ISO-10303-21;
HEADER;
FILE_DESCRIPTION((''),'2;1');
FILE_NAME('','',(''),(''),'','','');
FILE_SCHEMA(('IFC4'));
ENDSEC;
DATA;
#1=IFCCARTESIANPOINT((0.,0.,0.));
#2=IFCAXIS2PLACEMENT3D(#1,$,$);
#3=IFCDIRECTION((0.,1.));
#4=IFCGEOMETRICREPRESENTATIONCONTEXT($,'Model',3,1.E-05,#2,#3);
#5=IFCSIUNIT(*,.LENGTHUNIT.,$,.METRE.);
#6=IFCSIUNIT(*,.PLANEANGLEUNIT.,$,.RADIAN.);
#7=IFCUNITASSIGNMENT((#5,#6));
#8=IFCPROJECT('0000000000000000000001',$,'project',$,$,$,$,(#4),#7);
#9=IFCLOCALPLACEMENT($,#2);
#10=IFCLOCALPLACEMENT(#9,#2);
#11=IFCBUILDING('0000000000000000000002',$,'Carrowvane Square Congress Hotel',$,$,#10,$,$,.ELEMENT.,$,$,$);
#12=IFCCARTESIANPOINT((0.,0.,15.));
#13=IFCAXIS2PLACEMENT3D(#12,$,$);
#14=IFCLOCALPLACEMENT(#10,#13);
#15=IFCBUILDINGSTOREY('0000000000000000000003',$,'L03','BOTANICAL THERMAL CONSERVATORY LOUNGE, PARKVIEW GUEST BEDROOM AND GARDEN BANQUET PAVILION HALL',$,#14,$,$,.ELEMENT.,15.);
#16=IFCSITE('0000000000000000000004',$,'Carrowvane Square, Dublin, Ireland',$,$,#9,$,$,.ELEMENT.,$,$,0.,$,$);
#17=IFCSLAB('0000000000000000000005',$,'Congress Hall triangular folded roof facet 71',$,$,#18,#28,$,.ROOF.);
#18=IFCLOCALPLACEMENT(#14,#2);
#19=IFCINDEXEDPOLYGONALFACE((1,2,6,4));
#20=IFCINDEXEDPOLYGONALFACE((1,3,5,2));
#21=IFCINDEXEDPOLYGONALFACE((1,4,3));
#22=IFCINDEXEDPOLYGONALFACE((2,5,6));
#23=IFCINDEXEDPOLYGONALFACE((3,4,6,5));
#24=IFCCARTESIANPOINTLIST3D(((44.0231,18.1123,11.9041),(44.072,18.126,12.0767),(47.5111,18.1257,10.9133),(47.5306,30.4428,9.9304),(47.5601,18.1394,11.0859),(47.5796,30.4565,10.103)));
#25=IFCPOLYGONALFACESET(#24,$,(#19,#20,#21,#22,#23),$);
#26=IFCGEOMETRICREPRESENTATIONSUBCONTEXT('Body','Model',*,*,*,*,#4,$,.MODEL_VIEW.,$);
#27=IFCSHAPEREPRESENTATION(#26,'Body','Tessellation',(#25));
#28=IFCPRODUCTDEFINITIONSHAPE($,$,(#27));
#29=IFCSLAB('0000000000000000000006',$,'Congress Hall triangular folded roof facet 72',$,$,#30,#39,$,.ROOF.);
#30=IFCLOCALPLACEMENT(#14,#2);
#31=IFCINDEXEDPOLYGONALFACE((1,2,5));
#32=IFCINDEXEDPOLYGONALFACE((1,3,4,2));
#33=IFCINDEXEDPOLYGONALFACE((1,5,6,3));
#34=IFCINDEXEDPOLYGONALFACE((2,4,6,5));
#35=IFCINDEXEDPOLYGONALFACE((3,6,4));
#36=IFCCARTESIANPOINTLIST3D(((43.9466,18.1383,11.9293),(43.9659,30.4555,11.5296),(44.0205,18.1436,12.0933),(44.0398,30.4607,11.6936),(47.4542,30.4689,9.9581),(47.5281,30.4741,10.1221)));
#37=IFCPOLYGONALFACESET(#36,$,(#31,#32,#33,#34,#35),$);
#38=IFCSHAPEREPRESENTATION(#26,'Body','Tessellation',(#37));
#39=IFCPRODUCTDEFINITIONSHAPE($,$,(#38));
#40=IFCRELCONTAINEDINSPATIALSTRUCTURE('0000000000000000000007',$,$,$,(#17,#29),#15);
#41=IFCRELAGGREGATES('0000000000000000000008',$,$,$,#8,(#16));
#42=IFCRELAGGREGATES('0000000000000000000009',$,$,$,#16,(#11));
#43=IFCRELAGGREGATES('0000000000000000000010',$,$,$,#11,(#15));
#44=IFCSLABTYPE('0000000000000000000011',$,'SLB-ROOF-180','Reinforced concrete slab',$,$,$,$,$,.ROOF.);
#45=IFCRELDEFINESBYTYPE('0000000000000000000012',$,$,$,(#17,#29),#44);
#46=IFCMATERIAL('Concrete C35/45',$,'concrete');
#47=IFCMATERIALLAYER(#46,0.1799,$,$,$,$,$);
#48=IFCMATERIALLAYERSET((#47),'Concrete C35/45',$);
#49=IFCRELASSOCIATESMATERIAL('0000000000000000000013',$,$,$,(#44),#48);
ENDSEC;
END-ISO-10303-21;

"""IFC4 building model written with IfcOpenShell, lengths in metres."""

from ifc_helpers import new_model, si_unit, direction, frame, origin, place, context, subcontext, project, spatial, polyline, outline, extrude, material, layer, layer_set, type_object, element, save


model = new_model("IFC4")

# Units and contexts
model_context = context("Model", 3, precision=1e-05, world=origin(), true_north=direction((0.0, 1.0)))
body_context = subcontext(model_context, "Body", "Model", "MODEL_VIEW")
ifc_project = project(units=[si_unit("LENGTHUNIT", "METRE"), si_unit("PLANEANGLEUNIT", "RADIAN")], contexts=[model_context])

# Site, building, storey
site_placement = place(None, origin())
site = spatial("IfcSite", under=ifc_project, at=site_placement, Name="Carrowvane Square, Dublin, Ireland", CompositionType="ELEMENT", RefElevation=0.0)
building_placement = place(site_placement, origin())
building = spatial("IfcBuilding", under=site, at=building_placement, Name="Carrowvane Square Congress Hotel", CompositionType="ELEMENT")
storey_placement = place(building_placement, frame((0.0, 0.0, 15.0)))
storey = spatial("IfcBuildingStorey", under=building, at=storey_placement, Name="L03", Description="BOTANICAL THERMAL CONSERVATORY LOUNGE, PARKVIEW GUEST BEDROOM AND GARDEN BANQUET PAVILION HALL", CompositionType="ELEMENT", Elevation=15.0)

# Slabs
ifc_material_1 = material(Name="Concrete C35/45", Category="concrete")
ifc_layer_1 = layer(ifc_material_1, 0.1799)
ifc_layer_set_1 = layer_set([ifc_layer_1], Name="Concrete C35/45")
slab_type = type_object("IfcSlabType", Name="SLB-ROOF-180", Description="Reinforced concrete slab", PredefinedType="ROOF", material=ifc_layer_set_1)
slab_1_placement = place(storey_placement, frame((44.072, 18.126, 12.0767), z_axis=(0.272163, 0.076116, 0.959236), x_axis=(0.961943, 0.003703, -0.273225)))
element("IfcSlab", 1, at=slab_1_placement, inside=storey, type_object=slab_type, Name="Congress Hall triangular folded roof facet 71", PredefinedType="ROOF", context=body_context, shape_type="SweptSolid", body=[
    extrude(outline(polyline([(0.0, 0.0), (3.626, 0.0), (3.959, 12.3518), (0.0, 0.0)])), origin(), (0.0, 0.0, -1.0), 0.1799),
])
slab_2_placement = place(storey_placement, frame((44.0205, 18.1436, 12.0933), z_axis=(0.410493, 0.02893, 0.911405), x_axis=(0.270429, 0.950669, -0.151976)))
element("IfcSlab", 2, at=slab_2_placement, inside=storey, type_object=slab_type, Name="Congress Hall triangular folded roof facet 72", PredefinedType="ROOF", context=body_context, shape_type="SweptSolid", body=[
    extrude(outline(polyline([(0.0, 0.0), (12.9704, 0.0), (11.7755, 3.6346), (0.0, 0.0)])), origin(), (0.0, 0.0, -1.0), 0.1799),
])

save(model, "model.ifc")
